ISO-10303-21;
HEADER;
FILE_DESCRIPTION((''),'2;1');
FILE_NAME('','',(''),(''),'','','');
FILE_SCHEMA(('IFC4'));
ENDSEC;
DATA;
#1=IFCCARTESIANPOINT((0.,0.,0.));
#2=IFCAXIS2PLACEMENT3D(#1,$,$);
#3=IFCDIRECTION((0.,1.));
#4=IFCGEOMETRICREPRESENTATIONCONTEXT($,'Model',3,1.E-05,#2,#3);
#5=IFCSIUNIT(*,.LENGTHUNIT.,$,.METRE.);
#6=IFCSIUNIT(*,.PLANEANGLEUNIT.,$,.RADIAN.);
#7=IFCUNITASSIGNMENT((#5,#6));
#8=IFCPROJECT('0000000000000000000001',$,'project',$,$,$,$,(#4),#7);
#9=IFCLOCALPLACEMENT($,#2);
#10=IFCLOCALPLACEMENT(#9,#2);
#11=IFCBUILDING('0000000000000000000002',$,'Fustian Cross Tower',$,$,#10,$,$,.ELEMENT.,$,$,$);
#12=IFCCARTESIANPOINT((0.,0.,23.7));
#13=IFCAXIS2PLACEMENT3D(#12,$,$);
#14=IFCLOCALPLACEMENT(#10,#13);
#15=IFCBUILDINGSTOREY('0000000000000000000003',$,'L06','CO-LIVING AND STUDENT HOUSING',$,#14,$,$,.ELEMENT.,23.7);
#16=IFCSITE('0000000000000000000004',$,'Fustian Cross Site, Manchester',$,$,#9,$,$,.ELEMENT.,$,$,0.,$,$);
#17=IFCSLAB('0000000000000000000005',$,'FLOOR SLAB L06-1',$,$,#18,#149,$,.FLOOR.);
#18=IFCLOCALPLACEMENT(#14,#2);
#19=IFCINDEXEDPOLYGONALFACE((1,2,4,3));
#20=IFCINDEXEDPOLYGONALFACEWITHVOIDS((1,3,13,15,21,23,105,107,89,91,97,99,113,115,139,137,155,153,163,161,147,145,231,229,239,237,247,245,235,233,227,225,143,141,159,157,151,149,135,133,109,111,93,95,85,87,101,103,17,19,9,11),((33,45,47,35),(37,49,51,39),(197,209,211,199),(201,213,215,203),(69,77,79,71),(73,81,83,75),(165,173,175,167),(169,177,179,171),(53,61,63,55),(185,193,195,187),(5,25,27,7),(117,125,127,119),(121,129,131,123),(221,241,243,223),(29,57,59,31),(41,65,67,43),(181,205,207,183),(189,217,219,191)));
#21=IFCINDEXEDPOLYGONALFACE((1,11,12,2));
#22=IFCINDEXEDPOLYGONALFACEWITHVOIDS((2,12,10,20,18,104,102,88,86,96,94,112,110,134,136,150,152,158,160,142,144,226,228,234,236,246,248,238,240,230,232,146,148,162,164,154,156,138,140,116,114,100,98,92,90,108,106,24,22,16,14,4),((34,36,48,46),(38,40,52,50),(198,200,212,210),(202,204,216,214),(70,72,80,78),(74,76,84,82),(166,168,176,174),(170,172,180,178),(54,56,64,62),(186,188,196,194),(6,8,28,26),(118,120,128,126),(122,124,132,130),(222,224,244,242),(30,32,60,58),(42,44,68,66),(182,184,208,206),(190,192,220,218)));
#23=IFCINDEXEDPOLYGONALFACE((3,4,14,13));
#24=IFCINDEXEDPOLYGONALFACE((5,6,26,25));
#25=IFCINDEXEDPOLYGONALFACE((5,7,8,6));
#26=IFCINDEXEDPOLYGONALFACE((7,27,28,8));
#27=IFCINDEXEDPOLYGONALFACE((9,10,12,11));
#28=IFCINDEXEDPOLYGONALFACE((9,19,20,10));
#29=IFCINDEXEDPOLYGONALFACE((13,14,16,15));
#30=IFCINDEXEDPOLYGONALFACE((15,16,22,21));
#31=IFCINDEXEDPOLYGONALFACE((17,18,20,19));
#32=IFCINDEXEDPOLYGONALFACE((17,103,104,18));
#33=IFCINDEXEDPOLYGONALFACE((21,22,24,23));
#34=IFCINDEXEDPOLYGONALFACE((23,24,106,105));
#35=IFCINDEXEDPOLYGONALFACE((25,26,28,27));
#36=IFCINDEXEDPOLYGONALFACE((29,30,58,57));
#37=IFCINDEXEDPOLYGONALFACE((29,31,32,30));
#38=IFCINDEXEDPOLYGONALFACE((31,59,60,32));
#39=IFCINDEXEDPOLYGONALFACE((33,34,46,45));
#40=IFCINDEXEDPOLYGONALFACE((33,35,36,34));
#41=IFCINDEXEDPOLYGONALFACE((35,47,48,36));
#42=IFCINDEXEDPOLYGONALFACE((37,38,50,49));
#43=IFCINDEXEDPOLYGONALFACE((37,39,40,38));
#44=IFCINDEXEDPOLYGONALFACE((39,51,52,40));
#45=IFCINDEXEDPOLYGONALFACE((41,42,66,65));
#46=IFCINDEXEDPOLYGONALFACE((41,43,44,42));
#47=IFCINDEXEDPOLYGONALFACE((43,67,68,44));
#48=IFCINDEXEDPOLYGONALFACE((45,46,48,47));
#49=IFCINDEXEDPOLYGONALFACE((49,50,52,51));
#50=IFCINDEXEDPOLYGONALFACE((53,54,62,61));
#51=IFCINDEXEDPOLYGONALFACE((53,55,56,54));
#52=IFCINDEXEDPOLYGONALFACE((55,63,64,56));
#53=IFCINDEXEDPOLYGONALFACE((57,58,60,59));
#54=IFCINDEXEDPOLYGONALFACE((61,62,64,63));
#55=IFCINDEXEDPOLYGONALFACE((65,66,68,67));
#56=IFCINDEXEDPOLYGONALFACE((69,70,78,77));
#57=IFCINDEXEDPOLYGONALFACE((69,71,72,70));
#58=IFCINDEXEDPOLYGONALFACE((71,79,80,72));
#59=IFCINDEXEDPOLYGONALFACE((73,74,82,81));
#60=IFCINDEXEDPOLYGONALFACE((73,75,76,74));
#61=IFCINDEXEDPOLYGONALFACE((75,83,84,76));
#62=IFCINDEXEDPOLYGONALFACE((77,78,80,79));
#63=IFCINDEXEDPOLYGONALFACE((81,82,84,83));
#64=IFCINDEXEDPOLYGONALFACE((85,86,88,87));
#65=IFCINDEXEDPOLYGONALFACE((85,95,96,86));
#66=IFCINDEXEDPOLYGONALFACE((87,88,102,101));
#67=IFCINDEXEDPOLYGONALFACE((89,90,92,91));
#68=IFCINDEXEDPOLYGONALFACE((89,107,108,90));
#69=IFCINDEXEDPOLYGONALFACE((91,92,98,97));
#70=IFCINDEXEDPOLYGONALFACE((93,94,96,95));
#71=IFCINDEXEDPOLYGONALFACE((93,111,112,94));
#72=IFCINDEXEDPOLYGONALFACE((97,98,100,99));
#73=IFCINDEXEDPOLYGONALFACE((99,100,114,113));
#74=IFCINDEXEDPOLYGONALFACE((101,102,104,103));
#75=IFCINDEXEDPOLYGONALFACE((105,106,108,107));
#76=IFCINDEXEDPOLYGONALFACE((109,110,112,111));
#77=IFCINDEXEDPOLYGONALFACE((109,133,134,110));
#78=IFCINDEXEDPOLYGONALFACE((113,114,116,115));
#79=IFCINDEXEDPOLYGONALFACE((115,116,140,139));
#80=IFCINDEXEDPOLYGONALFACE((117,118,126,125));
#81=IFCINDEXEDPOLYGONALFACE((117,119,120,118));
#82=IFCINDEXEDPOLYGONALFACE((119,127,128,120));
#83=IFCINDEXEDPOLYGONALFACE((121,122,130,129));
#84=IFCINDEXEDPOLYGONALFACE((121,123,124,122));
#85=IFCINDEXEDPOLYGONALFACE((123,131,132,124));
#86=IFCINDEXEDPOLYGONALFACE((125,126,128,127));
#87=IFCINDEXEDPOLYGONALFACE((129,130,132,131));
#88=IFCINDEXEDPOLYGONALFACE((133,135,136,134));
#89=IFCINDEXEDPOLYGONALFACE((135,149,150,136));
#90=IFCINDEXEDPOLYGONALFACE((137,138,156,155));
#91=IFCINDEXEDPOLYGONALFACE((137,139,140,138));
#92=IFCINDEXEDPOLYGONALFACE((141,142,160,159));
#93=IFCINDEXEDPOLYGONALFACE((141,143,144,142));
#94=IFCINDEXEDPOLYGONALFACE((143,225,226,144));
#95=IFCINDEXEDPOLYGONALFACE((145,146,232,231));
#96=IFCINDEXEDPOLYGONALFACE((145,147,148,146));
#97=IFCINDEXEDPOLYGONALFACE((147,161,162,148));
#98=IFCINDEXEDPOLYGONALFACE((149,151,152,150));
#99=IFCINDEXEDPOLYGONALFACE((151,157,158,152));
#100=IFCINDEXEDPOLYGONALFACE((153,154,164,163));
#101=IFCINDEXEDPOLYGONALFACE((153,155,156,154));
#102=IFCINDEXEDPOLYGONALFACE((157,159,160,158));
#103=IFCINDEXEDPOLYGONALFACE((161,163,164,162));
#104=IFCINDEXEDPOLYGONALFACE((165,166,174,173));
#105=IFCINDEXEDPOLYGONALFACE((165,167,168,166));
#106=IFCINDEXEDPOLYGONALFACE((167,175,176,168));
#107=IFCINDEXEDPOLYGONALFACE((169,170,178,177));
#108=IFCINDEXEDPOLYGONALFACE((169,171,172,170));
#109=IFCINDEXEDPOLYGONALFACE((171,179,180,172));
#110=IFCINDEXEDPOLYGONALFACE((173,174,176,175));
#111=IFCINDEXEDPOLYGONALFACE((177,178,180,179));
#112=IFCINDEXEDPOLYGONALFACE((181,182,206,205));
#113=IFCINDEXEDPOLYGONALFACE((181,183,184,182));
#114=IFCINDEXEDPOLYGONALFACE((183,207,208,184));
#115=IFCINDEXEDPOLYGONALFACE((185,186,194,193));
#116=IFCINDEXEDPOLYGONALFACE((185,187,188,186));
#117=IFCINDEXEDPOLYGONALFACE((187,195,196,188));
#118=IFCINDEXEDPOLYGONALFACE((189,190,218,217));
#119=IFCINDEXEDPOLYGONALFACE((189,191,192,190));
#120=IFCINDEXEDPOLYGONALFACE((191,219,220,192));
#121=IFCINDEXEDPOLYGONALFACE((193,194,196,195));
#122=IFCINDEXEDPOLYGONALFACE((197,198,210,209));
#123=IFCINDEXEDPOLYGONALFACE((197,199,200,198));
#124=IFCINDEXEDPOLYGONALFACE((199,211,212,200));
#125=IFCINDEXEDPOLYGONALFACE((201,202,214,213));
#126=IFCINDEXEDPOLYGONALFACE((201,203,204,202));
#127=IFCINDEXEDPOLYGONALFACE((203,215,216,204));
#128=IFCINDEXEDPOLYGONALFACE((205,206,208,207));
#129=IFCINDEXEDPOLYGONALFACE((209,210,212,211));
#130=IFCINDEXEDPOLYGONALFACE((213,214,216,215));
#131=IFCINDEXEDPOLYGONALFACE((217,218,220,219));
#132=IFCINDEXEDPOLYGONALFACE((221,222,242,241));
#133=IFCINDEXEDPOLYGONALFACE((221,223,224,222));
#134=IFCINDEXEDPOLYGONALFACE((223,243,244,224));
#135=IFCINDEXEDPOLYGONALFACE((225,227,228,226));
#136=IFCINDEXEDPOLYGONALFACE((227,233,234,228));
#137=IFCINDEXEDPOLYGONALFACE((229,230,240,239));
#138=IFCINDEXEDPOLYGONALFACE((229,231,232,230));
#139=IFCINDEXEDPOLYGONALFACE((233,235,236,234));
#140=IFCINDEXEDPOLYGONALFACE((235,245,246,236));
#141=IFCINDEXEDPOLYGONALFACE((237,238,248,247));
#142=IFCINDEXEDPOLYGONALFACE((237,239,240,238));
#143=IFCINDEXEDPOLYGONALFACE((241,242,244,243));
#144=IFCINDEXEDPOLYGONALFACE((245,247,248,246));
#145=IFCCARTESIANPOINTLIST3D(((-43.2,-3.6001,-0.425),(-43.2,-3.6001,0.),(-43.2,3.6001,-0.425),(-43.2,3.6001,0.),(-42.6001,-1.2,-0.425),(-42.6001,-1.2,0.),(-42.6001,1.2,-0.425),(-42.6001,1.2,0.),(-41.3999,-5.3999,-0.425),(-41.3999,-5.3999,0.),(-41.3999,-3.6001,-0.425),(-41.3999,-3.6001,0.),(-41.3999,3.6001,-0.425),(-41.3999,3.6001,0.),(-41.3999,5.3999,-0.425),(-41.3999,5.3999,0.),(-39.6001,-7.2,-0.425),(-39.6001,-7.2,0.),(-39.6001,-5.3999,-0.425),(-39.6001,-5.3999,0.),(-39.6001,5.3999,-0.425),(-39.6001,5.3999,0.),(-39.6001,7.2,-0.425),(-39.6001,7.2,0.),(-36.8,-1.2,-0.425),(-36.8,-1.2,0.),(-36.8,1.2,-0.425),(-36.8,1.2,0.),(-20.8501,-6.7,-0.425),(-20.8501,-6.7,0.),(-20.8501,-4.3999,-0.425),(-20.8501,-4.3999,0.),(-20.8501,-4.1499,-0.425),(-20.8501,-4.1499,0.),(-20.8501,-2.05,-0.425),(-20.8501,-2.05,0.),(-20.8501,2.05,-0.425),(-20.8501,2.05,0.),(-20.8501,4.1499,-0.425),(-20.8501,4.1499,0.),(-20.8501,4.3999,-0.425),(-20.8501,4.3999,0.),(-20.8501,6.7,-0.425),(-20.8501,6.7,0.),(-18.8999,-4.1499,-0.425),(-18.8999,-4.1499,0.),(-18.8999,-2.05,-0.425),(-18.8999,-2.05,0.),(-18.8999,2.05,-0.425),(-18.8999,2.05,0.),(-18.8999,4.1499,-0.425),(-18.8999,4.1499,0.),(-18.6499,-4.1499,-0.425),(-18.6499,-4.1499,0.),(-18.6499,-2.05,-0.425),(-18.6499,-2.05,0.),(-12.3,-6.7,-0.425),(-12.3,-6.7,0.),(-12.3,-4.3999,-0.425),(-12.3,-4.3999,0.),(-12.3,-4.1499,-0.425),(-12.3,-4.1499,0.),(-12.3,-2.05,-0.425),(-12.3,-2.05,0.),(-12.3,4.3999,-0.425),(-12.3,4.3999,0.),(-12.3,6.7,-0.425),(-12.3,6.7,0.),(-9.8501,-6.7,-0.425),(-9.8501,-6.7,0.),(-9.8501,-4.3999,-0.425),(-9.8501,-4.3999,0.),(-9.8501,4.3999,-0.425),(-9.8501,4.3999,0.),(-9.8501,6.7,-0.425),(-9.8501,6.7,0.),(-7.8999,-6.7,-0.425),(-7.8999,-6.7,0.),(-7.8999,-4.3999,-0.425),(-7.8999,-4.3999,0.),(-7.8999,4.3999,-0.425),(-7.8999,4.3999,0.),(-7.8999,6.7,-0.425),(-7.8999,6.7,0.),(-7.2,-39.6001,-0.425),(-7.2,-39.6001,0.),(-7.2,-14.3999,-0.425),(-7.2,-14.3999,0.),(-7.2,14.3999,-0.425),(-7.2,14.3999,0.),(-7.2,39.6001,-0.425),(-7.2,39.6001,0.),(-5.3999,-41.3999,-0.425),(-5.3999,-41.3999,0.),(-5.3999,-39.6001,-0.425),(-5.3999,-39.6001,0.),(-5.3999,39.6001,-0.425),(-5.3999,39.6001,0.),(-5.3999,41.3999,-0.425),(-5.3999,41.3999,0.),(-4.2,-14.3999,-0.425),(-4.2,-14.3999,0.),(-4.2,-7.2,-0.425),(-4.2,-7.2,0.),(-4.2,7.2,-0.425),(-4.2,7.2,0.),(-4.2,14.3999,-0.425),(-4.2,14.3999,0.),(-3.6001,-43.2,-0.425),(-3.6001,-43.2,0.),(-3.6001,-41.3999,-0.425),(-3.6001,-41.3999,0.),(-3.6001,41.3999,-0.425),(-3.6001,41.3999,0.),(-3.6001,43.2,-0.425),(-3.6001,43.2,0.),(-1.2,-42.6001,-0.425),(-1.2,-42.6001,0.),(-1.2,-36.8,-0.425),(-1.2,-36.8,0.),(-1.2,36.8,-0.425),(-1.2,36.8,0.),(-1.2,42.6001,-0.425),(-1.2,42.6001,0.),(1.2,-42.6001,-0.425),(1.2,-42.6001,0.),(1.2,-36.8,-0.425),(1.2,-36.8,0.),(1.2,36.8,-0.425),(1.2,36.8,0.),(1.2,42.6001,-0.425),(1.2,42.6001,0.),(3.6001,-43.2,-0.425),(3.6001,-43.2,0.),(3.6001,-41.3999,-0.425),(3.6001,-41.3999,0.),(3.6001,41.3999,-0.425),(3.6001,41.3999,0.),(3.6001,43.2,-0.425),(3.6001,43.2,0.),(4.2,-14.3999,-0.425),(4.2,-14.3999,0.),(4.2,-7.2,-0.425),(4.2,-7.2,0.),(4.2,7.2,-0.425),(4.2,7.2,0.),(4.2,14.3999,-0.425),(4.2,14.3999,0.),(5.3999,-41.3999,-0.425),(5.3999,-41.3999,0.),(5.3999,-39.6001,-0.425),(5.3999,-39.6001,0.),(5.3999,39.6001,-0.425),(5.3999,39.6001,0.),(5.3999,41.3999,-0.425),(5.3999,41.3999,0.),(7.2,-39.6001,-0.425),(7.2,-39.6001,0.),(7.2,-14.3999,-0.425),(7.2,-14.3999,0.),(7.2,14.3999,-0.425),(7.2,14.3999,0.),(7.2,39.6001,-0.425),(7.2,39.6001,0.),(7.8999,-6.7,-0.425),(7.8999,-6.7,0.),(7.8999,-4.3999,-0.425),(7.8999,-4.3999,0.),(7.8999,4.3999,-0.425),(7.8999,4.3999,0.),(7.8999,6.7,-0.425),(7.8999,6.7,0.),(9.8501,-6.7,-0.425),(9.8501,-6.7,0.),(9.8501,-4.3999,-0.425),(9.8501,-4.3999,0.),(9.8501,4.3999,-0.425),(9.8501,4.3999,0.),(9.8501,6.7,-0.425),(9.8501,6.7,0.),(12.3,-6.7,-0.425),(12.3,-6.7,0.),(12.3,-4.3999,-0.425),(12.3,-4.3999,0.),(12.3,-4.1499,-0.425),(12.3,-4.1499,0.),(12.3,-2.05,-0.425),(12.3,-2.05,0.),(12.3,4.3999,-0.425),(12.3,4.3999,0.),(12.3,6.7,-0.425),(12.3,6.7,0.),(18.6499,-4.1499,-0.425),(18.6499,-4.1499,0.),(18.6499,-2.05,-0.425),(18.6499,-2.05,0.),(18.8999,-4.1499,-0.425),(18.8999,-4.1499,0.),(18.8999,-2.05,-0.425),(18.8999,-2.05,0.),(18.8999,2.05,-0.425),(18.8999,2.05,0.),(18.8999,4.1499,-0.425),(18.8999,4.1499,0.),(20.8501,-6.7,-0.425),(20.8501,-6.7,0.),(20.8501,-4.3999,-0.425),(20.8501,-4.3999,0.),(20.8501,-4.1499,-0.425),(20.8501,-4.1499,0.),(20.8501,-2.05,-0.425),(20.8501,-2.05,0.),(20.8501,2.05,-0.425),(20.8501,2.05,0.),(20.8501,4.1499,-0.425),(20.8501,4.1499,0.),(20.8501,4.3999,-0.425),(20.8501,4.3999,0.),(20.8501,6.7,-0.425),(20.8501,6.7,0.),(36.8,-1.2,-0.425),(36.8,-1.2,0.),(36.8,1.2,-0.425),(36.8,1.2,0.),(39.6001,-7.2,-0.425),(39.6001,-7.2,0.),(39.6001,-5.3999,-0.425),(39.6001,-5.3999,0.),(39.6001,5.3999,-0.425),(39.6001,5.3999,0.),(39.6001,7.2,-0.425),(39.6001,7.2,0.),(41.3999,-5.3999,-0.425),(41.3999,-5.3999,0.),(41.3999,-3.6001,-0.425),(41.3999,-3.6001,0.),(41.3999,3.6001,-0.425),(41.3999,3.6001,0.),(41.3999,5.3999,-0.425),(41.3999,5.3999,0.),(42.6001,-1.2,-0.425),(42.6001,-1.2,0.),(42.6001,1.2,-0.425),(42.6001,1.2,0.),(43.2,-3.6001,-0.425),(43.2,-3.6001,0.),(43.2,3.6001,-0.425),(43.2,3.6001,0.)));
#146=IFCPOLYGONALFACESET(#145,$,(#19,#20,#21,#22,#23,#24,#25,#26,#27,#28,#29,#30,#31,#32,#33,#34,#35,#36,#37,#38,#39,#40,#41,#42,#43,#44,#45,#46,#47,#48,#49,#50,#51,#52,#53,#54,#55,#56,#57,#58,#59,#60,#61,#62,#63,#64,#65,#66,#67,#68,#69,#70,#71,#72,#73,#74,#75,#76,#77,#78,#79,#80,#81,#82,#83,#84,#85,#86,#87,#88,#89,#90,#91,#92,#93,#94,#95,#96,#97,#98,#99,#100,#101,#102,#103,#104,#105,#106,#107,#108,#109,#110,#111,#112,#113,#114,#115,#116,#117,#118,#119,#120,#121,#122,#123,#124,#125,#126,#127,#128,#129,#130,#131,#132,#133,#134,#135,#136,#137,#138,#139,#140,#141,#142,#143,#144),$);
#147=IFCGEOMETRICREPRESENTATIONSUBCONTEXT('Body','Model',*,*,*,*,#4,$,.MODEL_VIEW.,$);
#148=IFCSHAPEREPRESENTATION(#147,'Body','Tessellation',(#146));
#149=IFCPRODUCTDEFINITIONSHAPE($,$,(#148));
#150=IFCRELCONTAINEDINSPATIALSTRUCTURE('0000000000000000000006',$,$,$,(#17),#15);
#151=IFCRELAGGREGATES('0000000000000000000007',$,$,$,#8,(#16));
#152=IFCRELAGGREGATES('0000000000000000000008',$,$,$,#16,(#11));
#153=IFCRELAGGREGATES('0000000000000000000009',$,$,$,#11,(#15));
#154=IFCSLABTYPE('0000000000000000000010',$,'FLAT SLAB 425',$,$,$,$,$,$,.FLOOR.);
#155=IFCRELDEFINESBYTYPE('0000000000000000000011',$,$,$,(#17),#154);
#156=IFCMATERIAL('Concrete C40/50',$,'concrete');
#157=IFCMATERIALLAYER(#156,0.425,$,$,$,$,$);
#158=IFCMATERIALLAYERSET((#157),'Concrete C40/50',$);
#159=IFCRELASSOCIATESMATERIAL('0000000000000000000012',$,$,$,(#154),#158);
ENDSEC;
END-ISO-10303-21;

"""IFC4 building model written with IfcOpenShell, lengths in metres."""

from ifc_helpers import new_model, si_unit, direction, frame, origin, place, context, subcontext, project, spatial, polyline, outline, extrude, material, layer, layer_set, type_object, element, save


model = new_model("IFC4")

# Units and contexts
model_context = context("Model", 3, precision=1e-05, world=origin(), true_north=direction((0.0, 1.0)))
body_context = subcontext(model_context, "Body", "Model", "MODEL_VIEW")
ifc_project = project(units=[si_unit("LENGTHUNIT", "METRE"), si_unit("PLANEANGLEUNIT", "RADIAN")], contexts=[model_context])

# Site, building, storey
site_placement = place(None, origin())
site = spatial("IfcSite", under=ifc_project, at=site_placement, Name="Fustian Cross Site, Manchester", CompositionType="ELEMENT", RefElevation=0.0)
building_placement = place(site_placement, origin())
building = spatial("IfcBuilding", under=site, at=building_placement, Name="Fustian Cross Tower", CompositionType="ELEMENT")
storey_placement = place(building_placement, frame((0.0, 0.0, 23.7)))
storey = spatial("IfcBuildingStorey", under=building, at=storey_placement, Name="L06", Description="CO-LIVING AND STUDENT HOUSING", CompositionType="ELEMENT", Elevation=23.7)

# Slab
ifc_material_1 = material(Name="Concrete C40/50", Category="concrete")
ifc_layer_1 = layer(ifc_material_1, 0.425)
ifc_layer_set_1 = layer_set([ifc_layer_1], Name="Concrete C40/50")
slab_type = type_object("IfcSlabType", Name="FLAT SLAB 425", PredefinedType="FLOOR", material=ifc_layer_set_1)
slab_placement = place(storey_placement, frame((0.0, 0.0, -0.425)))
element("IfcSlab", 1, at=slab_placement, inside=storey, type_object=slab_type, Name="FLOOR SLAB L06-1", PredefinedType="FLOOR", context=body_context, shape_type="SweptSolid", body=[
    extrude(outline(polyline([(-4.2, -7.2), (-39.6001, -7.2), (-39.6001, -5.3999), (-41.3999, -5.3999), (-41.3999, -3.6001), (-43.2, -3.6001), (-43.2, 3.6001), (-41.3999, 3.6001), (-41.3999, 5.3999), (-39.6001, 5.3999), (-39.6001, 7.2), (-4.2, 7.2), (-4.2, 14.3999), (-7.2, 14.3999), (-7.2, 39.6001), (-5.3999, 39.6001), (-5.3999, 41.3999), (-3.6001, 41.3999), (-3.6001, 43.2), (3.6001, 43.2), (3.6001, 41.3999), (5.3999, 41.3999), (5.3999, 39.6001), (7.2, 39.6001), (7.2, 14.3999), (4.2, 14.3999), (4.2, 7.2), (39.6001, 7.2), (39.6001, 5.3999), (41.3999, 5.3999), (41.3999, 3.6001), (43.2, 3.6001), (43.2, -3.6001), (41.3999, -3.6001), (41.3999, -5.3999), (39.6001, -5.3999), (39.6001, -7.2), (4.2, -7.2), (4.2, -14.3999), (7.2, -14.3999), (7.2, -39.6001), (5.3999, -39.6001), (5.3999, -41.3999), (3.6001, -41.3999), (3.6001, -43.2), (-3.6001, -43.2), (-3.6001, -41.3999), (-5.3999, -41.3999), (-5.3999, -39.6001), (-7.2, -39.6001), (-7.2, -14.3999), (-4.2, -14.3999), (-4.2, -7.2)]), holes=[polyline([(18.8999, -2.05), (18.8999, -4.1499), (20.8501, -4.1499), (20.8501, -2.05), (18.8999, -2.05)]), polyline([(20.8501, 4.1499), (18.8999, 4.1499), (18.8999, 2.05), (20.8501, 2.05), (20.8501, 4.1499)]), polyline([(9.8501, 4.3999), (9.8501, 6.7), (7.8999, 6.7), (7.8999, 4.3999), (9.8501, 4.3999)]), polyline([(7.8999, -6.7), (9.8501, -6.7), (9.8501, -4.3999), (7.8999, -4.3999), (7.8999, -6.7)]), polyline([(-20.8501, -2.05), (-20.8501, -4.1499), (-18.8999, -4.1499), (-18.8999, -2.05), (-20.8501, -2.05)]), polyline([(-18.8999, 4.1499), (-20.8501, 4.1499), (-20.8501, 2.05), (-18.8999, 2.05), (-18.8999, 4.1499)]), polyline([(-7.8999, 4.3999), (-7.8999, 6.7), (-9.8501, 6.7), (-9.8501, 4.3999), (-7.8999, 4.3999)]), polyline([(-9.8501, -6.7), (-7.8999, -6.7), (-7.8999, -4.3999), (-9.8501, -4.3999), (-9.8501, -6.7)]), polyline([(12.3, -2.05), (12.3, -4.1499), (18.6499, -4.1499), (18.6499, -2.05), (12.3, -2.05)]), polyline([(-12.3, -2.05), (-18.6499, -2.05), (-18.6499, -4.1499), (-12.3, -4.1499), (-12.3, -2.05)]), polyline([(20.8501, 4.3999), (20.8501, 6.7), (12.3, 6.7), (12.3, 4.3999), (20.8501, 4.3999)]), polyline([(12.3, -6.7), (20.8501, -6.7), (20.8501, -4.3999), (12.3, -4.3999), (12.3, -6.7)]), polyline([(-20.8501, 6.7), (-20.8501, 4.3999), (-12.3, 4.3999), (-12.3, 6.7), (-20.8501, 6.7)]), polyline([(-12.3, -4.3999), (-20.8501, -4.3999), (-20.8501, -6.7), (-12.3, -6.7), (-12.3, -4.3999)]), polyline([(1.2, 36.8), (1.2, 42.6001), (-1.2, 42.6001), (-1.2, 36.8), (1.2, 36.8)]), polyline([(-1.2, -42.6001), (1.2, -42.6001), (1.2, -36.8), (-1.2, -36.8), (-1.2, -42.6001)]), polyline([(36.8, 1.2), (36.8, -1.2), (42.6001, -1.2), (42.6001, 1.2), (36.8, 1.2)]), polyline([(-36.8, 1.2), (-42.6001, 1.2), (-42.6001, -1.2), (-36.8, -1.2), (-36.8, 1.2)])]), origin(), (0.0, 0.0, 1.0), 0.425),
])

save(model, "model.ifc")
